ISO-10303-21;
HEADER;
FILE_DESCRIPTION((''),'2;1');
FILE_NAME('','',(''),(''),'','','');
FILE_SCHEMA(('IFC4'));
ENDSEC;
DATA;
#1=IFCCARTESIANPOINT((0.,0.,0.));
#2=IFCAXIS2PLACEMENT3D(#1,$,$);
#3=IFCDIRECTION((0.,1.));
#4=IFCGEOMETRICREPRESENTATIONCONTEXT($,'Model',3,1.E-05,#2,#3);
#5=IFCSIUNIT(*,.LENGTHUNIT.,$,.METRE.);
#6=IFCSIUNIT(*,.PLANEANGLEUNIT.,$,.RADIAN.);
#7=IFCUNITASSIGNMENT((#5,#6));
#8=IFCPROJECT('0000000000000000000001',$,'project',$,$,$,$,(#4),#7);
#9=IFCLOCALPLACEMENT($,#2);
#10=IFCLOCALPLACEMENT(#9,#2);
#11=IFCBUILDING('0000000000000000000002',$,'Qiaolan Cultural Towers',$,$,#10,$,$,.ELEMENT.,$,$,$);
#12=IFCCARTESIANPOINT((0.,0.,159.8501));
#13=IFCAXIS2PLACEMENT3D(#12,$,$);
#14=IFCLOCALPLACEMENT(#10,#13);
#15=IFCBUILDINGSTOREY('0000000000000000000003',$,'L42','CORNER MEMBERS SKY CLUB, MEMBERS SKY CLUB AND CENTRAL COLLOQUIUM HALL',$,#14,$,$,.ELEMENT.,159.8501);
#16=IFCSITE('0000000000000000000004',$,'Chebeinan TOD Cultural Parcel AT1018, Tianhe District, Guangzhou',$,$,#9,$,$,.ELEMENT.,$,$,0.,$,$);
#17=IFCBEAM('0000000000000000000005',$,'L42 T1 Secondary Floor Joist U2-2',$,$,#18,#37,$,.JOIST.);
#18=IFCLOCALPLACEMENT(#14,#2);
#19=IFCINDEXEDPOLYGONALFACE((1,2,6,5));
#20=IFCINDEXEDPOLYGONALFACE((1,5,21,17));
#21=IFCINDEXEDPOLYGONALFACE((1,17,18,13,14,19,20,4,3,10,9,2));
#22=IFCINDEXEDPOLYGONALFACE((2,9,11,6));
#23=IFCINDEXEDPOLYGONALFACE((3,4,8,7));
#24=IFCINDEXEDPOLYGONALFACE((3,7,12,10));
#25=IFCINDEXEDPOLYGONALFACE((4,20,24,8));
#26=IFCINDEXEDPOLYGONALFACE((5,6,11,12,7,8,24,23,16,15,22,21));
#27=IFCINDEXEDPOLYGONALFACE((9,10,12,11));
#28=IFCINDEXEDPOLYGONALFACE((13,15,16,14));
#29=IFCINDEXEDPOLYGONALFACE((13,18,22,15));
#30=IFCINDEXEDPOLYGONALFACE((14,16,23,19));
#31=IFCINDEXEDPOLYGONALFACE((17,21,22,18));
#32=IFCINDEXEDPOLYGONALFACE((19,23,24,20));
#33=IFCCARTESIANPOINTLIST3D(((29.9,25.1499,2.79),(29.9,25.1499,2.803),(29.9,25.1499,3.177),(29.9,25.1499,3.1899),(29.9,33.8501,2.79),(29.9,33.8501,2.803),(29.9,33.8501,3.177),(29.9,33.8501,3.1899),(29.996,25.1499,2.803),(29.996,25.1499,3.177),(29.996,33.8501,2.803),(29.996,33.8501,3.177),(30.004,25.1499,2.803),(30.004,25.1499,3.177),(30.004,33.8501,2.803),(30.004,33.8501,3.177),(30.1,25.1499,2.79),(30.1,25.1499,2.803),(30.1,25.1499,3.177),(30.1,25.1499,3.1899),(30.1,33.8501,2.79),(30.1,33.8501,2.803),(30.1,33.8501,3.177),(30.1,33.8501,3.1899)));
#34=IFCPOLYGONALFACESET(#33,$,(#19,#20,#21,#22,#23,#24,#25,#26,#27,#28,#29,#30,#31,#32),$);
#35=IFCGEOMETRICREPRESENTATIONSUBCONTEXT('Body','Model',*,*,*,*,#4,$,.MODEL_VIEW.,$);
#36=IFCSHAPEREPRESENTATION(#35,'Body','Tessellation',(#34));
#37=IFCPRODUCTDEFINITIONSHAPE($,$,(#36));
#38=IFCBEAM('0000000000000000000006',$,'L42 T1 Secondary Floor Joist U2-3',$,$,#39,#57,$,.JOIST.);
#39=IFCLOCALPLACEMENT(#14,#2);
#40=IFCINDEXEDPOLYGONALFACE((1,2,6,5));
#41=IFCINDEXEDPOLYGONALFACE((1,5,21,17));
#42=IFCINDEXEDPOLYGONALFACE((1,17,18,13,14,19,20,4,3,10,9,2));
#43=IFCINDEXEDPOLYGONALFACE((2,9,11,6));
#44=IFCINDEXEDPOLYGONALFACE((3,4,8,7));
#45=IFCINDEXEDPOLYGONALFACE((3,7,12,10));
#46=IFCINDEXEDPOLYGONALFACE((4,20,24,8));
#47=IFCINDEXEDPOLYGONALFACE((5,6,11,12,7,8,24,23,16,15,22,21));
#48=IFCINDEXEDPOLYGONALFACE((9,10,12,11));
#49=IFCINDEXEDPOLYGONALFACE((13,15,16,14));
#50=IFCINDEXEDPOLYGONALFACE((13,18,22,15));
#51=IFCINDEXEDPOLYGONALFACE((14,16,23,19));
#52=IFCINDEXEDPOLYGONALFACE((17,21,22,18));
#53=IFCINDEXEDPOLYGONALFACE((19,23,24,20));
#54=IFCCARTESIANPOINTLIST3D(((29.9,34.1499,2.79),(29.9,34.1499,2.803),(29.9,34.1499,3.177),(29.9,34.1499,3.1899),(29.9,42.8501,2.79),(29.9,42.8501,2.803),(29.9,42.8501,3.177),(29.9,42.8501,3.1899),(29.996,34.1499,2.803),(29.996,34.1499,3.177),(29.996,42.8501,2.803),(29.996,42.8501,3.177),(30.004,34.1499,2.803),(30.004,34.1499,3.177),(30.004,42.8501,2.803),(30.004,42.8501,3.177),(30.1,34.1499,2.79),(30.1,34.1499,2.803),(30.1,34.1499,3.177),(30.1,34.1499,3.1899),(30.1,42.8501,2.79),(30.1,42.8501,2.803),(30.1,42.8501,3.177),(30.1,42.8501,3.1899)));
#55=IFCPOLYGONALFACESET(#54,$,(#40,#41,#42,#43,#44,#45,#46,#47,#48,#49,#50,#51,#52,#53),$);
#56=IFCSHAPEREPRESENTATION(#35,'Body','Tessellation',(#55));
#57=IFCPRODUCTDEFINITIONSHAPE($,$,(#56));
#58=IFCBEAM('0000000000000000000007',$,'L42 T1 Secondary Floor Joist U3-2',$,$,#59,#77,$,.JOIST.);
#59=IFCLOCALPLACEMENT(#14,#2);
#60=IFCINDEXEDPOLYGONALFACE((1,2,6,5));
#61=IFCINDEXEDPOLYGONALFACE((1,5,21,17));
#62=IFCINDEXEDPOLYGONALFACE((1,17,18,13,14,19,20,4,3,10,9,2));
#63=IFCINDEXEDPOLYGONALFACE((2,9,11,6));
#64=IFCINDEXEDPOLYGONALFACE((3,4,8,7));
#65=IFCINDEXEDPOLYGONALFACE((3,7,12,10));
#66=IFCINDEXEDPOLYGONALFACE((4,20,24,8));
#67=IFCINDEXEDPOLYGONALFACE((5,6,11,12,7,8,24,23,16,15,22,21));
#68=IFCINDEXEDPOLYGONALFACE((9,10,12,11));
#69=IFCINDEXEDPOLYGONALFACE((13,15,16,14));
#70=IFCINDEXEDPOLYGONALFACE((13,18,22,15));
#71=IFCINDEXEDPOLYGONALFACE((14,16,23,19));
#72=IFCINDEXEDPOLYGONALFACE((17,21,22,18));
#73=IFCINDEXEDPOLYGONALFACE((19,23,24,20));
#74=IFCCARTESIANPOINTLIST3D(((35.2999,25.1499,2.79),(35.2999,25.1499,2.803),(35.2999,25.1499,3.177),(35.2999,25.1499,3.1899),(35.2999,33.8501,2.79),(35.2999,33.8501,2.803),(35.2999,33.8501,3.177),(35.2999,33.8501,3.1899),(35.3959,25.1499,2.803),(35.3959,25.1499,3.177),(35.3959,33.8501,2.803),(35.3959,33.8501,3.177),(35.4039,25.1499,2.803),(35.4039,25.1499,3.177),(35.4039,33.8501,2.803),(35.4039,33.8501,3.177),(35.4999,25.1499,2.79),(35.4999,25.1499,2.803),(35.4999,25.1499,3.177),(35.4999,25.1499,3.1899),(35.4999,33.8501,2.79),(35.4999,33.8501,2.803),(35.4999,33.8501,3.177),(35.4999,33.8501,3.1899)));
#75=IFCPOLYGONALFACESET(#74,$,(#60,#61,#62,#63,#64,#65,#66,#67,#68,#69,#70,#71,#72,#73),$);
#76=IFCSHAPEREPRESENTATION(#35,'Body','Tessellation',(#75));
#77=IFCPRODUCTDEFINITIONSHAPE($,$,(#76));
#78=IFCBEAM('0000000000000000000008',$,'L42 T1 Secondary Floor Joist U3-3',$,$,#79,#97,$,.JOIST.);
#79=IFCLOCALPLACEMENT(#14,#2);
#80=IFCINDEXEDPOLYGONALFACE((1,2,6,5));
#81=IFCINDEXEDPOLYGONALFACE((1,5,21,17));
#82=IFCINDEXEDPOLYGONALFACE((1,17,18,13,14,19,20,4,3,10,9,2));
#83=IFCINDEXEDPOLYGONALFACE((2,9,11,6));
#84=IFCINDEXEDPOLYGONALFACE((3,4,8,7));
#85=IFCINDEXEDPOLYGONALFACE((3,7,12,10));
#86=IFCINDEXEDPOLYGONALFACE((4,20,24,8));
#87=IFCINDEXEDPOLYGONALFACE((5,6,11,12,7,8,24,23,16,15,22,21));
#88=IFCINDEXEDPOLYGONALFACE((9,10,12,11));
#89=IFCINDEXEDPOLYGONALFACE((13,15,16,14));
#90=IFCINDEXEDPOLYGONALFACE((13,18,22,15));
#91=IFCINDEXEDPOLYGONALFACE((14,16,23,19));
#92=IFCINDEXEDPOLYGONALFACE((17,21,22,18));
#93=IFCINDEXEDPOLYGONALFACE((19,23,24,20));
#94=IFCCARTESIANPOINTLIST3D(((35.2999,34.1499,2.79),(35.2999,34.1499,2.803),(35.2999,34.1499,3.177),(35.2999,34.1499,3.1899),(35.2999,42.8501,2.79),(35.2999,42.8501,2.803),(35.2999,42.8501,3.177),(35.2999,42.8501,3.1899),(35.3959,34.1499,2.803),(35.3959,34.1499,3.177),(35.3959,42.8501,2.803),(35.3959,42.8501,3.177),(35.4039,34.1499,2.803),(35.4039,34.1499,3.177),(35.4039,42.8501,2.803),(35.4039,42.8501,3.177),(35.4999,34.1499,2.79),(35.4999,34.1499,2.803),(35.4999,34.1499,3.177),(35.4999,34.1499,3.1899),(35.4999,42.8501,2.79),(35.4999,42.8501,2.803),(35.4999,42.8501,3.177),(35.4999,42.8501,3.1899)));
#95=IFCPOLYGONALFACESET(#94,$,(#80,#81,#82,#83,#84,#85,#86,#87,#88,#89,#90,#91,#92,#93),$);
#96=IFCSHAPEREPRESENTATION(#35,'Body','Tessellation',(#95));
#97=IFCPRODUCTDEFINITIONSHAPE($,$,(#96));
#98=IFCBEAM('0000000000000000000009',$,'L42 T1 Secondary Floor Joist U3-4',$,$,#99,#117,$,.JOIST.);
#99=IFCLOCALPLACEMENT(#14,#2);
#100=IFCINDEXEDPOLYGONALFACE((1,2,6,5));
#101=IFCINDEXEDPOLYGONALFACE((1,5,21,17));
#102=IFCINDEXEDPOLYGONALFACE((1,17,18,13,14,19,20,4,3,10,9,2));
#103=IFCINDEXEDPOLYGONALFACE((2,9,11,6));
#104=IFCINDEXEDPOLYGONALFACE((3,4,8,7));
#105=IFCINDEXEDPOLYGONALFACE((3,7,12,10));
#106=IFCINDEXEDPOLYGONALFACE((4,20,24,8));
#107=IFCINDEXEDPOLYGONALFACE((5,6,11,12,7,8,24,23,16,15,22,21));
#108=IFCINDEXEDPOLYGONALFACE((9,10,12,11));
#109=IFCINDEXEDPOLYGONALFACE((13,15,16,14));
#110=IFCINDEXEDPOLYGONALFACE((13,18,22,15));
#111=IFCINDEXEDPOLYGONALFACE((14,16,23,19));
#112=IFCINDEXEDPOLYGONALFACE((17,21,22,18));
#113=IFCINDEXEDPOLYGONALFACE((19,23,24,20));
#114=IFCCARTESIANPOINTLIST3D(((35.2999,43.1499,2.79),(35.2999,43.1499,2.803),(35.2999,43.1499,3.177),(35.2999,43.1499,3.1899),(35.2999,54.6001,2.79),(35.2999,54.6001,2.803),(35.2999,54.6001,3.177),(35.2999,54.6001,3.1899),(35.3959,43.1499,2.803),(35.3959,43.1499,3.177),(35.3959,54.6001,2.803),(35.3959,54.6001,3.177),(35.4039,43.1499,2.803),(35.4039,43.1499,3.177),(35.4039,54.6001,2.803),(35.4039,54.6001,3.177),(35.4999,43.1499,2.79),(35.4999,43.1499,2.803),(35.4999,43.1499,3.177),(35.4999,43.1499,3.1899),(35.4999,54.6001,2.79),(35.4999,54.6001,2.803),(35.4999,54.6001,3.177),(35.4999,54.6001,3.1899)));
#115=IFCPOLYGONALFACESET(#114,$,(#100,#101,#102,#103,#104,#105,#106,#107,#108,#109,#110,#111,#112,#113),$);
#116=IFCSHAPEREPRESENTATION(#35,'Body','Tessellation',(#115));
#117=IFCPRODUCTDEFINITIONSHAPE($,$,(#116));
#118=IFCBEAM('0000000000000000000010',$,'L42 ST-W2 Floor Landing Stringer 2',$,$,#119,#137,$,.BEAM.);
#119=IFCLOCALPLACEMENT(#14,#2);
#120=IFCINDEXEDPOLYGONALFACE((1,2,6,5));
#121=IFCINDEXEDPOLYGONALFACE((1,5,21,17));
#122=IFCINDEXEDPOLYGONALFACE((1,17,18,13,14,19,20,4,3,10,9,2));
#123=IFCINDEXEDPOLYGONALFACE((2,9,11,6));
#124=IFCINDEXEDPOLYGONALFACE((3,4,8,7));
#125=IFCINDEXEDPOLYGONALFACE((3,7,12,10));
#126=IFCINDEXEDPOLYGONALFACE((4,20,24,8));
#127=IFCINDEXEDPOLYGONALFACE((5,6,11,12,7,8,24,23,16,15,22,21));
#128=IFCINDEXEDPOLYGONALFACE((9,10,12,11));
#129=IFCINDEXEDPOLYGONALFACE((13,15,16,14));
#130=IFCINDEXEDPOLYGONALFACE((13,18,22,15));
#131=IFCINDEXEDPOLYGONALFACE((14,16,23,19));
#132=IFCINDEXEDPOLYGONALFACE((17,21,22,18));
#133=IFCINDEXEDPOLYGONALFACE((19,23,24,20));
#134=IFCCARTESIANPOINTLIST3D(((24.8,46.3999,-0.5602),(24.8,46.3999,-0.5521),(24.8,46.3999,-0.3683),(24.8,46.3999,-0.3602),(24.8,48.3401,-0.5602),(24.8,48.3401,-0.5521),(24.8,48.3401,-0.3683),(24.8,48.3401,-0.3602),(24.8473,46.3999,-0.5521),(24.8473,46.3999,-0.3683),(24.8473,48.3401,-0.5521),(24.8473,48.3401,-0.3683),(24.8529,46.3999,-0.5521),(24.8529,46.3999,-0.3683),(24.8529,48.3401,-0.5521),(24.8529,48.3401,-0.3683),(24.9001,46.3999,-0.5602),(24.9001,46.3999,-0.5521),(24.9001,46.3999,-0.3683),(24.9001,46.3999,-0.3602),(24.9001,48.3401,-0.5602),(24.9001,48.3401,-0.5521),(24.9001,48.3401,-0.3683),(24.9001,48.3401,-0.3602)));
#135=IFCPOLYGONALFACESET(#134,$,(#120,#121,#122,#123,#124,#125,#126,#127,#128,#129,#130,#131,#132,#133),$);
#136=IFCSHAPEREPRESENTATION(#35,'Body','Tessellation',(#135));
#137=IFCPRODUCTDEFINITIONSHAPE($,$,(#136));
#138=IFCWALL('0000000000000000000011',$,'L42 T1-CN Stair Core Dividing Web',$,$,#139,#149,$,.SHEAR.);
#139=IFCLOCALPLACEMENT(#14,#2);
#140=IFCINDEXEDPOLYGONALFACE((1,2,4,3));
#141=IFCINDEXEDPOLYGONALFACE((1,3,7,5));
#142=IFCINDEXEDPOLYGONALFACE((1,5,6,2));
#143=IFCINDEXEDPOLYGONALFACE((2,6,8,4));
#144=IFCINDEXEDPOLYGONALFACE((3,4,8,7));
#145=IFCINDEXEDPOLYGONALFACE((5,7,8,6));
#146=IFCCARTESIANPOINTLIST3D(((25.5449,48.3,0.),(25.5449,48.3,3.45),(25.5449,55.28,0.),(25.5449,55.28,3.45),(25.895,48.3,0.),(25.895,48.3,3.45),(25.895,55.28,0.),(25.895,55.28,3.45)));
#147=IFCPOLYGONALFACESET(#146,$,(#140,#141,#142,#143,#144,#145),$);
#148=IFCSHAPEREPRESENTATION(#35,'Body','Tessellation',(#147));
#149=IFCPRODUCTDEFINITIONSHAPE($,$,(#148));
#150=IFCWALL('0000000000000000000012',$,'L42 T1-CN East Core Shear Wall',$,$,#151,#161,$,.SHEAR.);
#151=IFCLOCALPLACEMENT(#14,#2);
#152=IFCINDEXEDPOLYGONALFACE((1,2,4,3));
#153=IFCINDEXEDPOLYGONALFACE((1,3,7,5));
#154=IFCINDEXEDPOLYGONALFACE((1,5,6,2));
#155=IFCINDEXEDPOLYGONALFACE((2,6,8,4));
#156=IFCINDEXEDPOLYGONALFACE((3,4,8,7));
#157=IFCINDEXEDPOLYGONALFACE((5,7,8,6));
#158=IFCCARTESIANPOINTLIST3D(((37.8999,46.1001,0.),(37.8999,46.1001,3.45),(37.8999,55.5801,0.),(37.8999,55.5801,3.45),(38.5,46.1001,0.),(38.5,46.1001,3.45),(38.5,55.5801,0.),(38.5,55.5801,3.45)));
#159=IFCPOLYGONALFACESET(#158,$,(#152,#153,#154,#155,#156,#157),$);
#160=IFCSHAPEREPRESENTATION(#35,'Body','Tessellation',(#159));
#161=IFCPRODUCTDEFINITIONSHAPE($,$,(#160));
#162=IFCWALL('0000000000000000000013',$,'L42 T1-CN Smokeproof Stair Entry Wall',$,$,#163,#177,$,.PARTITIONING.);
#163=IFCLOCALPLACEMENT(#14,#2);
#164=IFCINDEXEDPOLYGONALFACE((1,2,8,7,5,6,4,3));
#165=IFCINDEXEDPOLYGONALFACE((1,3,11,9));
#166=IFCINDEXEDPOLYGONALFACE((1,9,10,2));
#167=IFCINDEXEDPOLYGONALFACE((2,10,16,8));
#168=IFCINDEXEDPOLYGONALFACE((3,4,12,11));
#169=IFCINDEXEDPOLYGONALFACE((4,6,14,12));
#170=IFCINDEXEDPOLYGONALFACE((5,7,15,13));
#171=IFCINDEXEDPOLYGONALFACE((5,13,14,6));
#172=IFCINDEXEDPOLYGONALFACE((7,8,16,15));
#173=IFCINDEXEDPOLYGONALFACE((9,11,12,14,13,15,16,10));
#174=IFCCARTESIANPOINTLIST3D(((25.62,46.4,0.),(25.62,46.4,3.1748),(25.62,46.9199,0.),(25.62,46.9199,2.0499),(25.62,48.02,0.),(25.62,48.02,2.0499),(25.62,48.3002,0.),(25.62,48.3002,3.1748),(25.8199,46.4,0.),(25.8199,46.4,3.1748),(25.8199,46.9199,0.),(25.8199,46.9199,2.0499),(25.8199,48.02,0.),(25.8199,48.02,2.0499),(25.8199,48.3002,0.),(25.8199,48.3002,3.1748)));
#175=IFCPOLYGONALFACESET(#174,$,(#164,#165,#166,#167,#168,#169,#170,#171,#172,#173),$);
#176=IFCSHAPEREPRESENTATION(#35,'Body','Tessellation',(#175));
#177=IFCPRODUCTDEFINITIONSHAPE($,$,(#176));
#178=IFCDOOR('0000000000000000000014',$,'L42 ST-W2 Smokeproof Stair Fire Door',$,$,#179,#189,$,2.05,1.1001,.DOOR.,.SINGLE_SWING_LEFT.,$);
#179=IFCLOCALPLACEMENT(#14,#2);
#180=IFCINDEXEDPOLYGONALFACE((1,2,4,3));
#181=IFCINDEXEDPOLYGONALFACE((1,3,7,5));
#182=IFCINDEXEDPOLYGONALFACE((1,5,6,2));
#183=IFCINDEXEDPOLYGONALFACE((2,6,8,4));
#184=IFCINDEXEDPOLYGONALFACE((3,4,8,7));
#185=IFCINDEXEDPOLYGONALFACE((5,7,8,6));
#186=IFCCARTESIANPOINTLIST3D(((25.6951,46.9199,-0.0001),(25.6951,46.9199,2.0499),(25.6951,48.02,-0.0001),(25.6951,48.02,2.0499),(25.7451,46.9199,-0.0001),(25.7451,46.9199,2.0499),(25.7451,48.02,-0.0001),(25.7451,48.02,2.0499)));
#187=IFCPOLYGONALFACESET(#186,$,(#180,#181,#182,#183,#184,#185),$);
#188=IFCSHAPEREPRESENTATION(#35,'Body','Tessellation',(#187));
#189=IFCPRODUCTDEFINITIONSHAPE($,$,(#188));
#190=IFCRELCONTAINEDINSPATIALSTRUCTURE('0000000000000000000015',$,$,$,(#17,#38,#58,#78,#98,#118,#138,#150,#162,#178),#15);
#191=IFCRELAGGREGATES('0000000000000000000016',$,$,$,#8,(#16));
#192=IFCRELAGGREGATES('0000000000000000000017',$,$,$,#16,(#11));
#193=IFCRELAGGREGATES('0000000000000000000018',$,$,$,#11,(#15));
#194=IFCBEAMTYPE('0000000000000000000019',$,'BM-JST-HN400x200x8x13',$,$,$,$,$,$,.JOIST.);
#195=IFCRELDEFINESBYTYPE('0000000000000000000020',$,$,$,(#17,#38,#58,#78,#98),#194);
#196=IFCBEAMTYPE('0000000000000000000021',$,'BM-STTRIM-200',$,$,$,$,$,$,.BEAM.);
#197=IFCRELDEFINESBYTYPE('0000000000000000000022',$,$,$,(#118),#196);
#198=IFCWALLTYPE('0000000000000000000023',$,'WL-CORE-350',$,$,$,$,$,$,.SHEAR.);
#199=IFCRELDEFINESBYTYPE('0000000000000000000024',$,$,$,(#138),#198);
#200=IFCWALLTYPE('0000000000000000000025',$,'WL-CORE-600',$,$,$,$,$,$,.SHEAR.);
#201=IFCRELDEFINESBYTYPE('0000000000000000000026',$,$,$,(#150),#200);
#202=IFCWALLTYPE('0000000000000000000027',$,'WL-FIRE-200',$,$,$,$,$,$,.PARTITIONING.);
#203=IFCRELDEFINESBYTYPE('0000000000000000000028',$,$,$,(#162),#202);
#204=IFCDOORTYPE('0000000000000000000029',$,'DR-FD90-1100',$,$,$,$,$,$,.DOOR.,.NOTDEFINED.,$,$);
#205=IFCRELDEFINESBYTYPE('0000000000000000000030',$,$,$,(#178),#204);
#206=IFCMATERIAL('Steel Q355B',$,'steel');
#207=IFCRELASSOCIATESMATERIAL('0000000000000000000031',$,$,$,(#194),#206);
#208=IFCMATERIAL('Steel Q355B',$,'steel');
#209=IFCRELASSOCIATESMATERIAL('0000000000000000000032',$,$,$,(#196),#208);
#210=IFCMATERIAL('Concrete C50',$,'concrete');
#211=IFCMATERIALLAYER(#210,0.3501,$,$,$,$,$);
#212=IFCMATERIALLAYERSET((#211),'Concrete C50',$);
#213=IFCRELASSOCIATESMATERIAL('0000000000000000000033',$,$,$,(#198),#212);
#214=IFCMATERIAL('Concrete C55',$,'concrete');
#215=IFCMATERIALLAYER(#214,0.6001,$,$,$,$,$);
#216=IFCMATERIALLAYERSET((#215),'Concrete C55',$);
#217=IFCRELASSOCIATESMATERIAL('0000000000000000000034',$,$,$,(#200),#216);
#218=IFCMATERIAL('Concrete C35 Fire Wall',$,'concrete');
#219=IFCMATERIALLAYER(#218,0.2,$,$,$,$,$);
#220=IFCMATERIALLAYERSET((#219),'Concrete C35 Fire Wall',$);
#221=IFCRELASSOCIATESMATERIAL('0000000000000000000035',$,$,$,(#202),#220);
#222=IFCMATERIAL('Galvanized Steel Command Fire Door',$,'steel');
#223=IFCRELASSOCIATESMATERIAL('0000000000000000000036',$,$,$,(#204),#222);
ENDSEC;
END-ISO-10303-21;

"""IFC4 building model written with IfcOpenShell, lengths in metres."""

from ifc_helpers import new_model, si_unit, direction, frame, frame_2d, origin, origin_2d, place, context, subcontext, project, spatial, rectangle, i_section, extrude, material, layer, layer_set, material_profile, profile_set, type_object, element, fill, save


model = new_model("IFC4")

# Units and contexts
model_context = context("Model", 3, precision=1e-05, world=origin(), true_north=direction((0.0, 1.0)))
body_context = subcontext(model_context, "Body", "Model", "MODEL_VIEW")
ifc_project = project(units=[si_unit("LENGTHUNIT", "METRE"), si_unit("PLANEANGLEUNIT", "RADIAN")], contexts=[model_context])

# Site, building, storey
site_placement = place(None, origin())
site = spatial("IfcSite", under=ifc_project, at=site_placement, Name="Chebeinan TOD Cultural Parcel AT1018, Tianhe District, Guangzhou", CompositionType="ELEMENT", RefElevation=0.0)
building_placement = place(site_placement, origin())
building = spatial("IfcBuilding", under=site, at=building_placement, Name="Qiaolan Cultural Towers", CompositionType="ELEMENT")
storey_placement = place(building_placement, frame((0.0, 0.0, 159.8501)))
storey = spatial("IfcBuildingStorey", under=building, at=storey_placement, Name="L42", Description="CORNER MEMBERS SKY CLUB, MEMBERS SKY CLUB AND CENTRAL COLLOQUIUM HALL", CompositionType="ELEMENT", Elevation=159.8501)

# Beams
ifc_material_1 = material(Name="Steel Q355B", Category="steel")
ifc_material_profile_1 = material_profile(ifc_material_1, i_section(OverallWidth=0.2, OverallDepth=0.3999, WebThickness=0.0081, FlangeThickness=0.0129, at=origin_2d()), Name="HN400x200x8x13")
ifc_profile_set_1 = profile_set([ifc_material_profile_1], Name="Steel Q355B")
beam_type_1 = type_object("IfcBeamType", Name="BM-JST-HN400x200x8x13", PredefinedType="JOIST", material=ifc_profile_set_1)
for number, where, z_axis, x_axis, name in (
    (1, (30.0, 25.1499, 2.99), (0.0, 1.0, 0.0), (-1.0, 0.0, 0.0), "L42 T1 Secondary Floor Joist U2-2"),
    (2, (30.0, 34.1499, 2.99), (0.0, 1.0, 0.0), (-1.0, 0.0, 0.0), "L42 T1 Secondary Floor Joist U2-3"),
    (3, (35.3999, 25.1499, 2.99), (0.0, 1.0, 0.0), (-1.0, 0.0, 0.0), "L42 T1 Secondary Floor Joist U3-2"),
    (4, (35.3999, 34.1499, 2.99), (0.0, 1.0, 0.0), (-1.0, 0.0, 0.0), "L42 T1 Secondary Floor Joist U3-3"),
):
    element("IfcBeam", number, at=place(storey_placement, frame(where, z_axis=z_axis, x_axis=x_axis)), inside=storey, type_object=beam_type_1, Name=name, PredefinedType="JOIST", context=body_context, shape_type="SweptSolid", body=[
        extrude(i_section(OverallWidth=0.2, OverallDepth=0.3999, WebThickness=0.0081, FlangeThickness=0.0129, at=origin_2d()), origin(), (0.0, 0.0, 1.0), 8.7002),
    ])
beam_1_placement = place(storey_placement, frame((35.3999, 43.1499, 2.99), z_axis=(0.0, 1.0, 0.0), x_axis=(-1.0, 0.0, 0.0)))
element("IfcBeam", 5, at=beam_1_placement, inside=storey, type_object=beam_type_1, Name="L42 T1 Secondary Floor Joist U3-4", PredefinedType="JOIST", context=body_context, shape_type="SweptSolid", body=[
    extrude(i_section(OverallWidth=0.2, OverallDepth=0.3999, WebThickness=0.0081, FlangeThickness=0.0129, at=origin_2d()), origin(), (0.0, 0.0, 1.0), 11.4502),
])
ifc_material_2 = material(Name="Steel Q355B", Category="steel")
ifc_material_profile_2 = material_profile(ifc_material_2, i_section(OverallWidth=0.1001, OverallDepth=0.2, WebThickness=0.0056, FlangeThickness=0.0081, at=origin_2d()), Name="HN200x100x5.5x8")
ifc_profile_set_2 = profile_set([ifc_material_profile_2], Name="Steel Q355B")
beam_type_2 = type_object("IfcBeamType", Name="BM-STTRIM-200", PredefinedType="BEAM", material=ifc_profile_set_2)
beam_2_placement = place(storey_placement, frame((24.8501, 46.3999, -0.4602), z_axis=(0.0, 1.0, 0.0), x_axis=(-1.0, 0.0, 0.0)))
element("IfcBeam", 6, at=beam_2_placement, inside=storey, type_object=beam_type_2, Name="L42 ST-W2 Floor Landing Stringer 2", PredefinedType="BEAM", context=body_context, shape_type="SweptSolid", body=[
    extrude(i_section(OverallWidth=0.1001, OverallDepth=0.2, WebThickness=0.0056, FlangeThickness=0.0081, at=origin_2d()), origin(), (0.0, 0.0, 1.0), 1.9402),
])

# Walls
ifc_material_3 = material(Name="Concrete C50", Category="concrete")
ifc_layer_1 = layer(ifc_material_3, 0.3501)
ifc_layer_set_1 = layer_set([ifc_layer_1], Name="Concrete C50")
wall_type_1 = type_object("IfcWallType", Name="WL-CORE-350", PredefinedType="SHEAR", material=ifc_layer_set_1)
wall_1_placement = place(storey_placement, frame((25.72, 48.3, 0.0), z_axis=(0.0, 0.0, 1.0), x_axis=(0.0, 1.0, 0.0)))
element("IfcWall", 7, at=wall_1_placement, inside=storey, type_object=wall_type_1, Name="L42 T1-CN Stair Core Dividing Web", PredefinedType="SHEAR", context=body_context, shape_type="SweptSolid", body=[
    extrude(rectangle(XDim=6.98, YDim=0.3501, at=frame_2d((3.49, 0.0))), origin(), (0.0, 0.0, 1.0), 3.45),
])
ifc_material_4 = material(Name="Concrete C55", Category="concrete")
ifc_layer_2 = layer(ifc_material_4, 0.6001)
ifc_layer_set_2 = layer_set([ifc_layer_2], Name="Concrete C55")
wall_type_2 = type_object("IfcWallType", Name="WL-CORE-600", PredefinedType="SHEAR", material=ifc_layer_set_2)
wall_2_placement = place(storey_placement, frame((38.2, 46.1001, 0.0), z_axis=(0.0, 0.0, 1.0), x_axis=(0.0, 1.0, 0.0)))
element("IfcWall", 8, at=wall_2_placement, inside=storey, type_object=wall_type_2, Name="L42 T1-CN East Core Shear Wall", PredefinedType="SHEAR", context=body_context, shape_type="SweptSolid", body=[
    extrude(rectangle(XDim=9.48, YDim=0.6001, at=frame_2d((4.74, 0.0))), origin(), (0.0, 0.0, 1.0), 3.45),
])

# Wall, opening, door
ifc_material_5 = material(Name="Concrete C35 Fire Wall", Category="concrete")
ifc_layer_3 = layer(ifc_material_5, 0.2)
ifc_layer_set_3 = layer_set([ifc_layer_3], Name="Concrete C35 Fire Wall")
wall_type_3 = type_object("IfcWallType", Name="WL-FIRE-200", PredefinedType="PARTITIONING", material=ifc_layer_set_3)
wall_3_placement = place(storey_placement, frame((25.72, 46.3999, 0.0), z_axis=(0.0, 0.0, 1.0), x_axis=(0.0, 1.0, 0.0)))
wall_3 = element("IfcWall", 9, at=wall_3_placement, inside=storey, type_object=wall_type_3, Name="L42 T1-CN Smokeproof Stair Entry Wall", PredefinedType="PARTITIONING", context=body_context, shape_type="SweptSolid", body=[
    extrude(rectangle(XDim=1.9001, YDim=0.2, at=frame_2d((0.9502, 0.0))), origin(), (0.0, 0.0, 1.0), 3.1748),
])
opening_1_placement = place(wall_3_placement, frame((0.52, 0.0, 0.0)))
opening_1 = element("IfcOpeningElement", 10, at=opening_1_placement, cuts=wall_3, PredefinedType="OPENING", context=body_context, shape_type="SweptSolid", body=[
    extrude(rectangle(XDim=1.1001, YDim=2.05, at=frame_2d((0.55, 1.0249))), frame((0.0, 0.1099, 0.0), z_axis=(0.0, -1.0, 0.0), x_axis=(1.0, 0.0, 0.0)), (0.0, 0.0, 1.0), 0.22),
])
ifc_material_6 = material(Name="Galvanized Steel Command Fire Door", Category="steel")
door_type_1 = type_object("IfcDoorType", Name="DR-FD90-1100", OperationType="NOTDEFINED", PredefinedType="DOOR", material=ifc_material_6)
door_1_placement = place(opening_1_placement, origin())
door_1 = element("IfcDoor", 11, at=door_1_placement, inside=storey, type_object=door_type_1, Name="L42 ST-W2 Smokeproof Stair Fire Door", OperationType="SINGLE_SWING_LEFT", OverallHeight=2.05, OverallWidth=1.1001, PredefinedType="DOOR", context=body_context, shape_type="SweptSolid", body=[
    extrude(rectangle(XDim=1.1001, YDim=2.05, at=frame_2d((0.55, 1.0249))), frame((0.0, 0.0249, 0.0), z_axis=(0.0, -1.0, 0.0), x_axis=(1.0, 0.0, 0.0)), (0.0, 0.0, 1.0), 0.05),
])
fill(opening_1, door_1)

save(model, "model.ifc")
